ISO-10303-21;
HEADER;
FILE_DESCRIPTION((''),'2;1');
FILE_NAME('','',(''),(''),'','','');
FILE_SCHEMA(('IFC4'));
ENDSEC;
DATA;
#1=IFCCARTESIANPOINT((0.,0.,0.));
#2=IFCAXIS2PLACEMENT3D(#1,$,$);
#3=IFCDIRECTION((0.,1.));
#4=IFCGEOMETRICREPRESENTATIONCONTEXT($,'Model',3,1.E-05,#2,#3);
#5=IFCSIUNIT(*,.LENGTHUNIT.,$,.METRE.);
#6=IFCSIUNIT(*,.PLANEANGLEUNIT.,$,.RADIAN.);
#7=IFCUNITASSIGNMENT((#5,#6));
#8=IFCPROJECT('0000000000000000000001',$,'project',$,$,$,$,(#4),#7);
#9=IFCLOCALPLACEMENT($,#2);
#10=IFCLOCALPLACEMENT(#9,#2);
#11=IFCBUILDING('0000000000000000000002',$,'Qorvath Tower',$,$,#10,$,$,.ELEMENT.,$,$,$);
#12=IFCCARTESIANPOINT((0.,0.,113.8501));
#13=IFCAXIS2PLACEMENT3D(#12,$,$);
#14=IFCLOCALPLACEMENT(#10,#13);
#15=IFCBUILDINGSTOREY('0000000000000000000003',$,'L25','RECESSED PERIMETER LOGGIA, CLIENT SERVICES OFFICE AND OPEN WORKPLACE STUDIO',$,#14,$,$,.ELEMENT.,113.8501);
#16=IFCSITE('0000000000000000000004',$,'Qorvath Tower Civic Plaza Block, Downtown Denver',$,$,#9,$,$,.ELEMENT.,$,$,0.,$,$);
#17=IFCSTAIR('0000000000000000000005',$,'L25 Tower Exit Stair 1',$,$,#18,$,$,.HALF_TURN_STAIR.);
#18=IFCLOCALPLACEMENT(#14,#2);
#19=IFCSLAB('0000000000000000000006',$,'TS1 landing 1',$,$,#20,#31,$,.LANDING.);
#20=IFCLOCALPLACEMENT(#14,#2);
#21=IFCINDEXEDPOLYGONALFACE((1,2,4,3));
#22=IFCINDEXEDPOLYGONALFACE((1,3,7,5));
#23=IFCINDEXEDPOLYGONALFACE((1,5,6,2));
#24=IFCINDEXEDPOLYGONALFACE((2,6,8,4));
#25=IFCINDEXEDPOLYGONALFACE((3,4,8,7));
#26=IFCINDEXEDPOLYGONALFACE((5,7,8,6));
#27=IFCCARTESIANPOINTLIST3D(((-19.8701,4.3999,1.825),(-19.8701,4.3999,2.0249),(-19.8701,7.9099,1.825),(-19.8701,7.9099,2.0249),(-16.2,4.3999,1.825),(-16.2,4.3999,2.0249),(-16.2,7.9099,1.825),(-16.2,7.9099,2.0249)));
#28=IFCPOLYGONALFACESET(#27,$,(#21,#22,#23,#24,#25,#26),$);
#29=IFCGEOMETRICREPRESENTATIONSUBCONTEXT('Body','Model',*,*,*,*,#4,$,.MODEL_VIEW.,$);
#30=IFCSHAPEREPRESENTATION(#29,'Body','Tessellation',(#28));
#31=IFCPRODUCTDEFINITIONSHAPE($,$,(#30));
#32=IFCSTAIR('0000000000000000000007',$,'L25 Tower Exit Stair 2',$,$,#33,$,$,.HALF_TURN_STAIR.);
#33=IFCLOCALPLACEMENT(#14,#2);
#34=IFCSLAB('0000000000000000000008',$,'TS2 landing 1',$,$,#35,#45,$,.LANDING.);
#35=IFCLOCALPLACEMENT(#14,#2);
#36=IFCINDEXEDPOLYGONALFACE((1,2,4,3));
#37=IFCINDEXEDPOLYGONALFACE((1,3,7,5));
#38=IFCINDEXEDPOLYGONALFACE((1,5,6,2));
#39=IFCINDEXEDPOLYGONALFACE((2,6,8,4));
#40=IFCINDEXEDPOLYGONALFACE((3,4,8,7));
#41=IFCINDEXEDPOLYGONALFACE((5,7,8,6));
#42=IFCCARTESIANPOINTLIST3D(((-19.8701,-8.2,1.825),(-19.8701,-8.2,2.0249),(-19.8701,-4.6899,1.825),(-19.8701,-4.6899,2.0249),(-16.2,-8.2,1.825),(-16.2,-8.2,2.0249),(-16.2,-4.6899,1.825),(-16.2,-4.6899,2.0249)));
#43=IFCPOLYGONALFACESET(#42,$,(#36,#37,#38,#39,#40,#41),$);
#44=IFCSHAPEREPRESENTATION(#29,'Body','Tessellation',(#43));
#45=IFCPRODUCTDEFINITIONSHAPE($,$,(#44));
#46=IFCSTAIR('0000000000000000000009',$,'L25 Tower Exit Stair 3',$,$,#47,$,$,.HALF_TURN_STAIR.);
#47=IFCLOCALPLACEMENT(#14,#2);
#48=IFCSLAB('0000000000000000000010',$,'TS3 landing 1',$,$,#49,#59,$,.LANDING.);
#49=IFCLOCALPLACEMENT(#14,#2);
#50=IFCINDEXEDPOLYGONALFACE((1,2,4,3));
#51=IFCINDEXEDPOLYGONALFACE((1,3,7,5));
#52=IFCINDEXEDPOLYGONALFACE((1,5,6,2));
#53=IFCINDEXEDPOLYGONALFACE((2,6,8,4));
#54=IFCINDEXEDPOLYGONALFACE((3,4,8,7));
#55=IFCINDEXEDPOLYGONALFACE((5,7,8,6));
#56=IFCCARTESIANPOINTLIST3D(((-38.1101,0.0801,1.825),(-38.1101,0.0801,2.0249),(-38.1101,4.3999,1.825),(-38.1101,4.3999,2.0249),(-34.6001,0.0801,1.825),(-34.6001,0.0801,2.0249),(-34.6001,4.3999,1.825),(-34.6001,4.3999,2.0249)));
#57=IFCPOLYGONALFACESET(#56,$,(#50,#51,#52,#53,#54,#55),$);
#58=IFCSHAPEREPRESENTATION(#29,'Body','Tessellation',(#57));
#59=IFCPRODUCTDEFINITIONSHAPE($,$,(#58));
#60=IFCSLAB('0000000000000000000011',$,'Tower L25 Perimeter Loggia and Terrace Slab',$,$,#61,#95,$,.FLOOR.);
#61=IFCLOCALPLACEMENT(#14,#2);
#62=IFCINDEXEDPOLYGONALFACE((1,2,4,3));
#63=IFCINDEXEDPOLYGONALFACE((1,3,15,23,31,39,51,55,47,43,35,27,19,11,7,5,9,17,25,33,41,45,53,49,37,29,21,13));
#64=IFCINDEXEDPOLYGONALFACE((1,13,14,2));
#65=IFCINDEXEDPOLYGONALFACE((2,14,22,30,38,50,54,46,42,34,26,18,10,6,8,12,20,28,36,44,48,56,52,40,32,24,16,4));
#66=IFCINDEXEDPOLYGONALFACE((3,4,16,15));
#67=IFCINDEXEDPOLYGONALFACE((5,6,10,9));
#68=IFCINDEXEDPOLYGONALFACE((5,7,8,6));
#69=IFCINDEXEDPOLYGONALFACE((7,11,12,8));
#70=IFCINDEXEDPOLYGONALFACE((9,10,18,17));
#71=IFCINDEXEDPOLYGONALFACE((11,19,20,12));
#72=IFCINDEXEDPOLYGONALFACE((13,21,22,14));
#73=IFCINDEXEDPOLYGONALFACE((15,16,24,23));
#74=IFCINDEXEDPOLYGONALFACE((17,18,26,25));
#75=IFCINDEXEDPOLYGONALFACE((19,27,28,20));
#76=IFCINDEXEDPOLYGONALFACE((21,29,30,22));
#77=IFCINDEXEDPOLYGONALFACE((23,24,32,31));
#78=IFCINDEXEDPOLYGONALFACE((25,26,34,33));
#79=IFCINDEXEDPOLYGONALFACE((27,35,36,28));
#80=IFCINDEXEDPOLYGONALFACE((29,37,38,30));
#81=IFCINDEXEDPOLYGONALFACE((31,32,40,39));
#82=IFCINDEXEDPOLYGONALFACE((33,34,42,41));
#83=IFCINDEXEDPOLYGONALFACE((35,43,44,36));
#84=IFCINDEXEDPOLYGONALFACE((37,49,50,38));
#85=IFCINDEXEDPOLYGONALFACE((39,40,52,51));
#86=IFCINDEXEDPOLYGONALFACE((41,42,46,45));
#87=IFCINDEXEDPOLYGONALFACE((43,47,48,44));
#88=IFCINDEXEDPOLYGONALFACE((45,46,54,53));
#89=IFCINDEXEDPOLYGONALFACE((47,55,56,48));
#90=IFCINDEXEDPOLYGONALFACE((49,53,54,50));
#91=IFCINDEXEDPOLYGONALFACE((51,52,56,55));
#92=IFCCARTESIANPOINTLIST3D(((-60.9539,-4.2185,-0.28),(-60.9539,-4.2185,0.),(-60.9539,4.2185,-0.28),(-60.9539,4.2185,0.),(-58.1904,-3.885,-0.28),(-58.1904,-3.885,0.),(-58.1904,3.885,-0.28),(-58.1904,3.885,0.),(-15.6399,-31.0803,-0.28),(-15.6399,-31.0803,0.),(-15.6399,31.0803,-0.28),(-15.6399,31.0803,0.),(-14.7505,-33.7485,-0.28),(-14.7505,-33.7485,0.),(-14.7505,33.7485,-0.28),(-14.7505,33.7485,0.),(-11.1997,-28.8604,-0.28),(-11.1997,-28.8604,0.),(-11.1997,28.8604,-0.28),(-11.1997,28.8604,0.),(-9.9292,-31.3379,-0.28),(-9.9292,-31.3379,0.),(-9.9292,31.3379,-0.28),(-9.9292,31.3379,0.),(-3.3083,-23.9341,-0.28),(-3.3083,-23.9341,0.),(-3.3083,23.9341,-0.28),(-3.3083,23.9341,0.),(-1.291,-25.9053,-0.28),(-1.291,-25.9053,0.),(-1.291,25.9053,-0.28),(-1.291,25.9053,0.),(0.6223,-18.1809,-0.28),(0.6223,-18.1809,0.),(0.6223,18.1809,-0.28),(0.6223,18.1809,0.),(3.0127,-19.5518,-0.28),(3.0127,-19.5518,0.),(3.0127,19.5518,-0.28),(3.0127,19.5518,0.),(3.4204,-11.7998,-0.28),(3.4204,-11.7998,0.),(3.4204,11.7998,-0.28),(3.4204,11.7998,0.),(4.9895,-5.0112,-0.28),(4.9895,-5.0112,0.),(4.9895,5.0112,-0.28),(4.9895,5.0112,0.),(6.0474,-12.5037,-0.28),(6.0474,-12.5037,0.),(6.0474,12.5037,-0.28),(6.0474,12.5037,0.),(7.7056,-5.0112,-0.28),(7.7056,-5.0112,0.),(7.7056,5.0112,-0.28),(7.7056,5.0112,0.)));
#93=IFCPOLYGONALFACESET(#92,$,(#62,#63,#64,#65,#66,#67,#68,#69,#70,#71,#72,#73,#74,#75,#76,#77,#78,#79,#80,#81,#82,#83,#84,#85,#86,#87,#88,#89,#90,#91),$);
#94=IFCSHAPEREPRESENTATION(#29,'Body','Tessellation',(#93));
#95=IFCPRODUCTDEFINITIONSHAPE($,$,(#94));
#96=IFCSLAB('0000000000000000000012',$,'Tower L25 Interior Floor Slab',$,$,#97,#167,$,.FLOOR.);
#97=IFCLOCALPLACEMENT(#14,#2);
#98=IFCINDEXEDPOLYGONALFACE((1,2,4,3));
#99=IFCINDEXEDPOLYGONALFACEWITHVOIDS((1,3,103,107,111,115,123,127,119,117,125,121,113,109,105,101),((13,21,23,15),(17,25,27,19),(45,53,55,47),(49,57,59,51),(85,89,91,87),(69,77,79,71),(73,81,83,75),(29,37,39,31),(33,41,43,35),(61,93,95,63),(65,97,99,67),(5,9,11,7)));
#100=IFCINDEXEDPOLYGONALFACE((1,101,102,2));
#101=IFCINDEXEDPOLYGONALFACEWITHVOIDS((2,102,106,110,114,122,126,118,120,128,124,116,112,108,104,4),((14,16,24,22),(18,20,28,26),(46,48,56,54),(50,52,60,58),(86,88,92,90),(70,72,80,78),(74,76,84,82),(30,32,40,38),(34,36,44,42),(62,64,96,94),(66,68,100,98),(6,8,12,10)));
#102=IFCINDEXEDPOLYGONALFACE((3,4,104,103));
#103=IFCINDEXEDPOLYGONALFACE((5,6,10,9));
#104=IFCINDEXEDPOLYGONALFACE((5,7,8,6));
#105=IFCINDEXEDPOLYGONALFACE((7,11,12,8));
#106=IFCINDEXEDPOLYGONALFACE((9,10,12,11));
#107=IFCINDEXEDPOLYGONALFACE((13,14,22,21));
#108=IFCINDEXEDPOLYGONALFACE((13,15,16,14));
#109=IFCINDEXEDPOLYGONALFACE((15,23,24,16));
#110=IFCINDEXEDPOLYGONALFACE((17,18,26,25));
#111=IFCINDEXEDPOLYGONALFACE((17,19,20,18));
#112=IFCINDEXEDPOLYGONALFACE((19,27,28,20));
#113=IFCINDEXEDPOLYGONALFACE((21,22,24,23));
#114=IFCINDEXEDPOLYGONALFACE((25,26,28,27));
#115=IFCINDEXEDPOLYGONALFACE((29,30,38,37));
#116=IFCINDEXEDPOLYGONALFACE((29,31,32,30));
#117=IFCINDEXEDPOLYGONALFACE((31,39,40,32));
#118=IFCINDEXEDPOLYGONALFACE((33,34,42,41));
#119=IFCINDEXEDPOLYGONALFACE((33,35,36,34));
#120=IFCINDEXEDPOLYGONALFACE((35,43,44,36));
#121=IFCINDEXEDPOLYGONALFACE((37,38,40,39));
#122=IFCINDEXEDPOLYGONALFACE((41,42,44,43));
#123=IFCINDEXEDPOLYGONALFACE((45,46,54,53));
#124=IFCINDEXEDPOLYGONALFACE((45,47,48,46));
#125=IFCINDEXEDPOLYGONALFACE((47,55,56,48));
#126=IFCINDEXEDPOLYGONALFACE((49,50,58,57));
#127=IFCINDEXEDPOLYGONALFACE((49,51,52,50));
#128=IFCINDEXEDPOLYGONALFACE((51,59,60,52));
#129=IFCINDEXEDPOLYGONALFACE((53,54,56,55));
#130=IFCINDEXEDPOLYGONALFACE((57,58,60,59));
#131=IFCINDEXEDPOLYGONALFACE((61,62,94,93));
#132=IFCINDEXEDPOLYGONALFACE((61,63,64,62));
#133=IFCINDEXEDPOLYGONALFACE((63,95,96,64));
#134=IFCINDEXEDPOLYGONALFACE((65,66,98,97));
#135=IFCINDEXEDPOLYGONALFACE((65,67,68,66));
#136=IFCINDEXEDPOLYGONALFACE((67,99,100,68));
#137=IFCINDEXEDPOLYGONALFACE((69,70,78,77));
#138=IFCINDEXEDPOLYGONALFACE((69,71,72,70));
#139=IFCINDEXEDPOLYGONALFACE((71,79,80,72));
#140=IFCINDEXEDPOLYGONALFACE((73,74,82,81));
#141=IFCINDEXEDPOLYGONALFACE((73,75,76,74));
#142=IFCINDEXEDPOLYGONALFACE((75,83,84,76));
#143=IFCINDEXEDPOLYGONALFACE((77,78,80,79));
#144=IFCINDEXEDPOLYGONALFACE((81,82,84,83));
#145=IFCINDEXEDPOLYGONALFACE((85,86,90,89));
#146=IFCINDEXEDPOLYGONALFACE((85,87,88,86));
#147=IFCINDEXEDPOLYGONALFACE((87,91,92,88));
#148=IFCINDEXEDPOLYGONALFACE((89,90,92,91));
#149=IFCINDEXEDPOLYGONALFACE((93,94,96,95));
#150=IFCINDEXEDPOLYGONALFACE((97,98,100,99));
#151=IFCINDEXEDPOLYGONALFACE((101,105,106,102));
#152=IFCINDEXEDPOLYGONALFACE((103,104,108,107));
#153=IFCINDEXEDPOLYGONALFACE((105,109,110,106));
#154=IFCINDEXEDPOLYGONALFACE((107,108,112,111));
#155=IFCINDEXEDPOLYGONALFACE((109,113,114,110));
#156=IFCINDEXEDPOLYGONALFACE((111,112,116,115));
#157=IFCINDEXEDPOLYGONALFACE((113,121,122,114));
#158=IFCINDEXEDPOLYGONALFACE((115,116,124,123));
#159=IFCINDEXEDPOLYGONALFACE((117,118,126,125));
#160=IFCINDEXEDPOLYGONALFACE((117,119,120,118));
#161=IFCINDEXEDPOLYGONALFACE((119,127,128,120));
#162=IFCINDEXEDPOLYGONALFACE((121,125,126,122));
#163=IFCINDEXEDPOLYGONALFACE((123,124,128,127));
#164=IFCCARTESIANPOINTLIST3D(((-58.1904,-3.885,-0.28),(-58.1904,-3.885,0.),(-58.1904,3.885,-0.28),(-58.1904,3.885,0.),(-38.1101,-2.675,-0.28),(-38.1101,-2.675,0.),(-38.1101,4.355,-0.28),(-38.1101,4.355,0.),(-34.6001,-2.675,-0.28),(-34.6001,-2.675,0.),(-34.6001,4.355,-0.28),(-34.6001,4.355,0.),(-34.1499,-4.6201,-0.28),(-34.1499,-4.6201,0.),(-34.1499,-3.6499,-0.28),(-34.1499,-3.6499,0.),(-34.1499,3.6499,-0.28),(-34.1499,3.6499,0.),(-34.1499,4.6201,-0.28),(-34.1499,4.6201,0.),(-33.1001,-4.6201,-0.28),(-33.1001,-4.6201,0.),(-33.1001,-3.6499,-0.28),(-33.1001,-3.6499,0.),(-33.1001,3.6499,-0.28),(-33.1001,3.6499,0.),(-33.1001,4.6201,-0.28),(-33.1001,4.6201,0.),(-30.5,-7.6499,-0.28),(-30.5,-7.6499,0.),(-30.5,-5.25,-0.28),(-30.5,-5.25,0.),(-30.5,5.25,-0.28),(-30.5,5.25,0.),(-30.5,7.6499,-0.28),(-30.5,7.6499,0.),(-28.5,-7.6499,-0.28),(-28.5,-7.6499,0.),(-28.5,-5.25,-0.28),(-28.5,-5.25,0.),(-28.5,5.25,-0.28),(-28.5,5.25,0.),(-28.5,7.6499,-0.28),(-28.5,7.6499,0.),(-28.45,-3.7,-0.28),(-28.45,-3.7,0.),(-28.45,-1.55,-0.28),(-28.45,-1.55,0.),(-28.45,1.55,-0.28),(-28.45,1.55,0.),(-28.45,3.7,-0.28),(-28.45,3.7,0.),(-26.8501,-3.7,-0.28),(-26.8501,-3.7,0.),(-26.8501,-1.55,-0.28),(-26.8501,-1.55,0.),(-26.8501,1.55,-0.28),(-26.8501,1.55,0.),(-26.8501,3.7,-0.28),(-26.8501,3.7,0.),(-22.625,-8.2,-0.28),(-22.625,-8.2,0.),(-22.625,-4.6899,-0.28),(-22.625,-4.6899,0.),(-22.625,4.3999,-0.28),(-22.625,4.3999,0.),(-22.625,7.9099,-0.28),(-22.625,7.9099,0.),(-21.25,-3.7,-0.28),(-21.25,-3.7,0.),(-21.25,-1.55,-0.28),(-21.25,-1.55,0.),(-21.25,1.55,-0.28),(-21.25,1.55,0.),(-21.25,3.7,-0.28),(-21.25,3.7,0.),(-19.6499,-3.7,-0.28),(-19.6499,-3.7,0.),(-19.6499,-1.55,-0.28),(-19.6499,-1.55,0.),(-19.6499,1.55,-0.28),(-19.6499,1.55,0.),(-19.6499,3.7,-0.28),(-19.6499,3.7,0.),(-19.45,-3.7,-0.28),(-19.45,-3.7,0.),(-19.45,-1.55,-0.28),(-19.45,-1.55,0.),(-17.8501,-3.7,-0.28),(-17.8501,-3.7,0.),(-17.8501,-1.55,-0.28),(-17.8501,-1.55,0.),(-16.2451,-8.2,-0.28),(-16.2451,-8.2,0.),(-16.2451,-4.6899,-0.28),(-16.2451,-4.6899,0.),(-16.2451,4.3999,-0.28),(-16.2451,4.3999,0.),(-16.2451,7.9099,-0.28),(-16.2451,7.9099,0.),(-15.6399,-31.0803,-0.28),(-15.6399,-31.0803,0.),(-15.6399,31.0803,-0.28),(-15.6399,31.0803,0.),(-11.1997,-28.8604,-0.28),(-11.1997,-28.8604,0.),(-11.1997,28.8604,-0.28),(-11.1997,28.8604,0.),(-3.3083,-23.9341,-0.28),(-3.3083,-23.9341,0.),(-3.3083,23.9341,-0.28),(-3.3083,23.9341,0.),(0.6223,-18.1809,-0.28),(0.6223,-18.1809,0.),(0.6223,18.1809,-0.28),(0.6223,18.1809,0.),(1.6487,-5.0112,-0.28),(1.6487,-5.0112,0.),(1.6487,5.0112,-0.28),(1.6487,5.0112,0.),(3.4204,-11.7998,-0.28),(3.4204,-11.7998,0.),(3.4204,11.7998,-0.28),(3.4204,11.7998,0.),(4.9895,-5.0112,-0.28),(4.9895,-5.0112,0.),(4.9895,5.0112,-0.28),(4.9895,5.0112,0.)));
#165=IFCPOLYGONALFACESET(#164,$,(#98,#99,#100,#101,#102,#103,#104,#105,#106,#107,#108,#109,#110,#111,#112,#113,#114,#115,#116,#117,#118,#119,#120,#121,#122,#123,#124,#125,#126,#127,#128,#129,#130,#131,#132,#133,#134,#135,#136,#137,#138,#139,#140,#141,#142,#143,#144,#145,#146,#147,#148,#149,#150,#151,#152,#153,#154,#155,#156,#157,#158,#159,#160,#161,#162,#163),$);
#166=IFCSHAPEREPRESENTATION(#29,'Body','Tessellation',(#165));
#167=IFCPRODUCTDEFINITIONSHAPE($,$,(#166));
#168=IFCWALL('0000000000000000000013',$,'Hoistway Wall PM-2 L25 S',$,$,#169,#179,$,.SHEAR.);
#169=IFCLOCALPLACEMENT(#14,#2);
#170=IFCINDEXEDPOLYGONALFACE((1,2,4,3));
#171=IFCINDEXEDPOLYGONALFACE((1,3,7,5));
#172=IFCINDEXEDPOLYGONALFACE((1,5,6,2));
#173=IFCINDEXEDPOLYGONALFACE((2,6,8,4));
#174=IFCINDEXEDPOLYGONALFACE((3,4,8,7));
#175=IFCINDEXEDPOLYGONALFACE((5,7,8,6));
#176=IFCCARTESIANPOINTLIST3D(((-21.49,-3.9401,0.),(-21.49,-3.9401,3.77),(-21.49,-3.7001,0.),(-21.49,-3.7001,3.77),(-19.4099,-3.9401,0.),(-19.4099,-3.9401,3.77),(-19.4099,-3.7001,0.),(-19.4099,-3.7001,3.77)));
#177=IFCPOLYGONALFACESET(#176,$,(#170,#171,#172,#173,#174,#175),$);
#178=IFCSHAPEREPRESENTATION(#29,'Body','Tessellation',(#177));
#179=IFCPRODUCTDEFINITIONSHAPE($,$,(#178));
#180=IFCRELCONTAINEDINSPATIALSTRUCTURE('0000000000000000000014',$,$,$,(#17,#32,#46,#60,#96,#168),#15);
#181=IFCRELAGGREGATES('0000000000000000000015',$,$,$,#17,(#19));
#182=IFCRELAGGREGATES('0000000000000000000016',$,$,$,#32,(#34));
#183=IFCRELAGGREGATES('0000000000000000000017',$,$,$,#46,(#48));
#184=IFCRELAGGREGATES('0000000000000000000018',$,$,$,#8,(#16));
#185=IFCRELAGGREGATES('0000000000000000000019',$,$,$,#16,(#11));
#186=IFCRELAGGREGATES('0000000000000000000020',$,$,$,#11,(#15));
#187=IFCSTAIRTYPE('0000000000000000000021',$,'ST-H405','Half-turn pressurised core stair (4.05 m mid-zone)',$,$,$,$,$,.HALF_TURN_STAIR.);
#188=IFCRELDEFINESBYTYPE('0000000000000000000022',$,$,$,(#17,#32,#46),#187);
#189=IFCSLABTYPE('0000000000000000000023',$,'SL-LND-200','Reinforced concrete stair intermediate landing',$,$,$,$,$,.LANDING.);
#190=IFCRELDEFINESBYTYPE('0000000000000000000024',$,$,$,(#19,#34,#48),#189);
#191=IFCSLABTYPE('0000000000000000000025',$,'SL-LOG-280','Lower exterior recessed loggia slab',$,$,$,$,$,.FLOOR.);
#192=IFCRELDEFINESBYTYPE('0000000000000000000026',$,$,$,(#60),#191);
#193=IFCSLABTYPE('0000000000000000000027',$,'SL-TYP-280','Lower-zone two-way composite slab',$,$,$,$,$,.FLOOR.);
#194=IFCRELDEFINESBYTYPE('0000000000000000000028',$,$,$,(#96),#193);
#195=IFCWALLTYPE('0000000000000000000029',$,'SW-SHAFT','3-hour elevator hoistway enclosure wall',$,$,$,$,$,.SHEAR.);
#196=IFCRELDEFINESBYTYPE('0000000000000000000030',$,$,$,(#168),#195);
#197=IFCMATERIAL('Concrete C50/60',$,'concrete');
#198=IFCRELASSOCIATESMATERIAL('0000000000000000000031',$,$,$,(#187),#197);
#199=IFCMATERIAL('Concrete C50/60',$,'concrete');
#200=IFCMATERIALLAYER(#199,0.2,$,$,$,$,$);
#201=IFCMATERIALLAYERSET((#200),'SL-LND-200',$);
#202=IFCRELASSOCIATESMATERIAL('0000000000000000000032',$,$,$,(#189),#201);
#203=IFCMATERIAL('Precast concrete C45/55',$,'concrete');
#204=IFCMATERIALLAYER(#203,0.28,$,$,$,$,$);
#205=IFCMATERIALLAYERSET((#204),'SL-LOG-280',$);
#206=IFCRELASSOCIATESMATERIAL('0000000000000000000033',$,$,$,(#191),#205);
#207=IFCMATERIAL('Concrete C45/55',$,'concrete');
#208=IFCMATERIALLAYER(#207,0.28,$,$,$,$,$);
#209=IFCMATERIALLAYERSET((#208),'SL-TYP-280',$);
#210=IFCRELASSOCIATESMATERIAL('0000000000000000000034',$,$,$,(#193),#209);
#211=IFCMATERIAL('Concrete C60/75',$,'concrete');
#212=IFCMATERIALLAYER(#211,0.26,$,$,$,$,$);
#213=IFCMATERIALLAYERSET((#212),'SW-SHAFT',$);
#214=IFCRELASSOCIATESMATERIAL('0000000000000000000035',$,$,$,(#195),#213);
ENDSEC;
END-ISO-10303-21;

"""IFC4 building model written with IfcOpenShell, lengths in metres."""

from ifc_helpers import new_model, si_unit, direction, frame, frame_2d, origin, place, context, subcontext, project, spatial, polyline, rectangle, outline, extrude, material, layer, layer_set, type_object, element, aggregate, save


model = new_model("IFC4")

# Units and contexts
model_context = context("Model", 3, precision=1e-05, world=origin(), true_north=direction((0.0, 1.0)))
body_context = subcontext(model_context, "Body", "Model", "MODEL_VIEW")
ifc_project = project(units=[si_unit("LENGTHUNIT", "METRE"), si_unit("PLANEANGLEUNIT", "RADIAN")], contexts=[model_context])

# Site, building, storey
site_placement = place(None, origin())
site = spatial("IfcSite", under=ifc_project, at=site_placement, Name="Qorvath Tower Civic Plaza Block, Downtown Denver", CompositionType="ELEMENT", RefElevation=0.0)
building_placement = place(site_placement, origin())
building = spatial("IfcBuilding", under=site, at=building_placement, Name="Qorvath Tower", CompositionType="ELEMENT")
storey_placement = place(building_placement, frame((0.0, 0.0, 113.8501)))
storey = spatial("IfcBuildingStorey", under=building, at=storey_placement, Name="L25", Description="RECESSED PERIMETER LOGGIA, CLIENT SERVICES OFFICE AND OPEN WORKPLACE STUDIO", CompositionType="ELEMENT", Elevation=113.8501)

# Stairs, slabs
ifc_material_1 = material(Name="Concrete C50/60", Category="concrete")
stair_type = type_object("IfcStairType", Name="ST-H405", Description="Half-turn pressurised core stair (4.05 m mid-zone)", PredefinedType="HALF_TURN_STAIR", material=ifc_material_1)
stair_1_placement = place(storey_placement, origin())
stair_1 = element("IfcStair", 1, at=stair_1_placement, inside=storey, type_object=stair_type, Name="L25 Tower Exit Stair 1", PredefinedType="HALF_TURN_STAIR")
ifc_material_2 = material(Name="Concrete C50/60", Category="concrete")
ifc_layer_1 = layer(ifc_material_2, 0.2)
ifc_layer_set_1 = layer_set([ifc_layer_1], Name="SL-LND-200")
slab_type_1 = type_object("IfcSlabType", Name="SL-LND-200", Description="Reinforced concrete stair intermediate landing", PredefinedType="LANDING", material=ifc_layer_set_1)
slab_1_placement = place(storey_placement, frame((0.0, 0.0, 1.825)))
slab_1 = element("IfcSlab", 2, at=slab_1_placement, type_object=slab_type_1, Name="TS1 landing 1", PredefinedType="LANDING", context=body_context, shape_type="SweptSolid", body=[
    extrude(outline(polyline([(-19.8701, 4.3999), (-16.2, 4.3999), (-16.2, 7.9099), (-19.8701, 7.9099), (-19.8701, 4.3999)])), origin(), (0.0, 0.0, 1.0), 0.2),
])
aggregate(stair_1, [slab_1])
stair_2_placement = place(storey_placement, origin())
stair_2 = element("IfcStair", 3, at=stair_2_placement, inside=storey, type_object=stair_type, Name="L25 Tower Exit Stair 2", PredefinedType="HALF_TURN_STAIR")
slab_2_placement = place(storey_placement, frame((0.0, 0.0, 1.825)))
slab_2 = element("IfcSlab", 4, at=slab_2_placement, type_object=slab_type_1, Name="TS2 landing 1", PredefinedType="LANDING", context=body_context, shape_type="SweptSolid", body=[
    extrude(outline(polyline([(-19.8701, -8.2), (-16.2, -8.2), (-16.2, -4.6899), (-19.8701, -4.6899), (-19.8701, -8.2)])), origin(), (0.0, 0.0, 1.0), 0.2),
])
aggregate(stair_2, [slab_2])
stair_3_placement = place(storey_placement, origin())
stair_3 = element("IfcStair", 5, at=stair_3_placement, inside=storey, type_object=stair_type, Name="L25 Tower Exit Stair 3", PredefinedType="HALF_TURN_STAIR")
slab_3_placement = place(storey_placement, frame((0.0, 0.0, 1.825)))
slab_3 = element("IfcSlab", 6, at=slab_3_placement, type_object=slab_type_1, Name="TS3 landing 1", PredefinedType="LANDING", context=body_context, shape_type="SweptSolid", body=[
    extrude(outline(polyline([(-34.6001, 0.0801), (-34.6001, 4.3999), (-38.1101, 4.3999), (-38.1101, 0.0801), (-34.6001, 0.0801)])), origin(), (0.0, 0.0, 1.0), 0.2),
])
aggregate(stair_3, [slab_3])

# Slabs
ifc_material_3 = material(Name="Precast concrete C45/55", Category="concrete")
ifc_layer_2 = layer(ifc_material_3, 0.28)
ifc_layer_set_2 = layer_set([ifc_layer_2], Name="SL-LOG-280")
slab_type_2 = type_object("IfcSlabType", Name="SL-LOG-280", Description="Lower exterior recessed loggia slab", PredefinedType="FLOOR", material=ifc_layer_set_2)
slab_4_placement = place(storey_placement, frame((0.0, 0.0, -0.28)))
element("IfcSlab", 7, at=slab_4_placement, inside=storey, type_object=slab_type_2, Name="Tower L25 Perimeter Loggia and Terrace Slab", PredefinedType="FLOOR", context=body_context, shape_type="SweptSolid", body=[
    extrude(outline(polyline([(4.9895, -5.0112), (3.4204, -11.7998), (0.6223, -18.1809), (-3.3083, -23.9341), (-11.1997, -28.8604), (-15.6399, -31.0803), (-58.1904, -3.885), (-58.1904, 3.885), (-15.6399, 31.0803), (-11.1997, 28.8604), (-3.3083, 23.9341), (0.6223, 18.1809), (3.4204, 11.7998), (4.9895, 5.0112), (7.7056, 5.0112), (6.0474, 12.5037), (3.0127, 19.5518), (-1.291, 25.9053), (-9.9292, 31.3379), (-14.7505, 33.7485), (-60.9539, 4.2185), (-60.9539, -4.2185), (-14.7505, -33.7485), (-9.9292, -31.3379), (-1.291, -25.9053), (3.0127, -19.5518), (6.0474, -12.5037), (7.7056, -5.0112), (4.9895, -5.0112)])), origin(), (0.0, 0.0, 1.0), 0.28),
])
ifc_material_4 = material(Name="Concrete C45/55", Category="concrete")
ifc_layer_3 = layer(ifc_material_4, 0.28)
ifc_layer_set_3 = layer_set([ifc_layer_3], Name="SL-TYP-280")
slab_type_3 = type_object("IfcSlabType", Name="SL-TYP-280", Description="Lower-zone two-way composite slab", PredefinedType="FLOOR", material=ifc_layer_set_3)
slab_5_placement = place(storey_placement, frame((0.0, 0.0, -0.28)))
element("IfcSlab", 8, at=slab_5_placement, inside=storey, type_object=slab_type_3, Name="Tower L25 Interior Floor Slab", PredefinedType="FLOOR", context=body_context, shape_type="SweptSolid", body=[
    extrude(outline(polyline([(-58.1904, 3.885), (-58.1904, -3.885), (-15.6399, -31.0803), (-11.1997, -28.8604), (-3.3083, -23.9341), (0.6223, -18.1809), (3.4204, -11.7998), (4.9895, -5.0112), (1.6487, -5.0112), (1.6487, 5.0112), (4.9895, 5.0112), (3.4204, 11.7998), (0.6223, 18.1809), (-3.3083, 23.9341), (-11.1997, 28.8604), (-15.6399, 31.0803), (-58.1904, 3.885)]), holes=[polyline([(-16.2451, -8.2), (-22.625, -8.2), (-22.625, -4.6899), (-16.2451, -4.6899), (-16.2451, -8.2)]), polyline([(-22.625, 4.3999), (-22.625, 7.9099), (-16.2451, 7.9099), (-16.2451, 4.3999), (-22.625, 4.3999)]), polyline([(-17.8501, -3.7), (-19.45, -3.7), (-19.45, -1.55), (-17.8501, -1.55), (-17.8501, -3.7)]), polyline([(-21.25, -3.7), (-21.25, -1.55), (-19.6499, -1.55), (-19.6499, -3.7), (-21.25, -3.7)]), polyline([(-21.25, 1.55), (-21.25, 3.7), (-19.6499, 3.7), (-19.6499, 1.55), (-21.25, 1.55)]), polyline([(-28.45, -3.7), (-28.45, -1.55), (-26.8501, -1.55), (-26.8501, -3.7), (-28.45, -3.7)]), polyline([(-26.8501, 1.55), (-28.45, 1.55), (-28.45, 3.7), (-26.8501, 3.7), (-26.8501, 1.55)]), polyline([(-28.5, -7.6499), (-30.5, -7.6499), (-30.5, -5.25), (-28.5, -5.25), (-28.5, -7.6499)]), polyline([(-30.5, 5.25), (-30.5, 7.6499), (-28.5, 7.6499), (-28.5, 5.25), (-30.5, 5.25)]), polyline([(-34.1499, -4.6201), (-34.1499, -3.6499), (-33.1001, -3.6499), (-33.1001, -4.6201), (-34.1499, -4.6201)]), polyline([(-34.1499, 3.6499), (-34.1499, 4.6201), (-33.1001, 4.6201), (-33.1001, 3.6499), (-34.1499, 3.6499)]), polyline([(-34.6001, -2.675), (-38.1101, -2.675), (-38.1101, 4.355), (-34.6001, 4.355), (-34.6001, -2.675)])]), origin(), (0.0, 0.0, 1.0), 0.28),
])

# Wall
ifc_material_5 = material(Name="Concrete C60/75", Category="concrete")
ifc_layer_4 = layer(ifc_material_5, 0.26)
ifc_layer_set_4 = layer_set([ifc_layer_4], Name="SW-SHAFT")
wall_type_1 = type_object("IfcWallType", Name="SW-SHAFT", Description="3-hour elevator hoistway enclosure wall", PredefinedType="SHEAR", material=ifc_layer_set_4)
wall_1_placement = place(storey_placement, frame((-19.4099, -3.8201, 0.0), z_axis=(0.0, 0.0, 1.0), x_axis=(-1.0, 0.0, 0.0)))
element("IfcWall", 9, at=wall_1_placement, inside=storey, type_object=wall_type_1, Name="Hoistway Wall PM-2 L25 S", PredefinedType="SHEAR", context=body_context, shape_type="SweptSolid", body=[
    extrude(rectangle(XDim=2.0801, YDim=0.24, at=frame_2d((1.04, 0.0))), origin(), (0.0, 0.0, 1.0), 3.77),
])

save(model, "model.ifc")
